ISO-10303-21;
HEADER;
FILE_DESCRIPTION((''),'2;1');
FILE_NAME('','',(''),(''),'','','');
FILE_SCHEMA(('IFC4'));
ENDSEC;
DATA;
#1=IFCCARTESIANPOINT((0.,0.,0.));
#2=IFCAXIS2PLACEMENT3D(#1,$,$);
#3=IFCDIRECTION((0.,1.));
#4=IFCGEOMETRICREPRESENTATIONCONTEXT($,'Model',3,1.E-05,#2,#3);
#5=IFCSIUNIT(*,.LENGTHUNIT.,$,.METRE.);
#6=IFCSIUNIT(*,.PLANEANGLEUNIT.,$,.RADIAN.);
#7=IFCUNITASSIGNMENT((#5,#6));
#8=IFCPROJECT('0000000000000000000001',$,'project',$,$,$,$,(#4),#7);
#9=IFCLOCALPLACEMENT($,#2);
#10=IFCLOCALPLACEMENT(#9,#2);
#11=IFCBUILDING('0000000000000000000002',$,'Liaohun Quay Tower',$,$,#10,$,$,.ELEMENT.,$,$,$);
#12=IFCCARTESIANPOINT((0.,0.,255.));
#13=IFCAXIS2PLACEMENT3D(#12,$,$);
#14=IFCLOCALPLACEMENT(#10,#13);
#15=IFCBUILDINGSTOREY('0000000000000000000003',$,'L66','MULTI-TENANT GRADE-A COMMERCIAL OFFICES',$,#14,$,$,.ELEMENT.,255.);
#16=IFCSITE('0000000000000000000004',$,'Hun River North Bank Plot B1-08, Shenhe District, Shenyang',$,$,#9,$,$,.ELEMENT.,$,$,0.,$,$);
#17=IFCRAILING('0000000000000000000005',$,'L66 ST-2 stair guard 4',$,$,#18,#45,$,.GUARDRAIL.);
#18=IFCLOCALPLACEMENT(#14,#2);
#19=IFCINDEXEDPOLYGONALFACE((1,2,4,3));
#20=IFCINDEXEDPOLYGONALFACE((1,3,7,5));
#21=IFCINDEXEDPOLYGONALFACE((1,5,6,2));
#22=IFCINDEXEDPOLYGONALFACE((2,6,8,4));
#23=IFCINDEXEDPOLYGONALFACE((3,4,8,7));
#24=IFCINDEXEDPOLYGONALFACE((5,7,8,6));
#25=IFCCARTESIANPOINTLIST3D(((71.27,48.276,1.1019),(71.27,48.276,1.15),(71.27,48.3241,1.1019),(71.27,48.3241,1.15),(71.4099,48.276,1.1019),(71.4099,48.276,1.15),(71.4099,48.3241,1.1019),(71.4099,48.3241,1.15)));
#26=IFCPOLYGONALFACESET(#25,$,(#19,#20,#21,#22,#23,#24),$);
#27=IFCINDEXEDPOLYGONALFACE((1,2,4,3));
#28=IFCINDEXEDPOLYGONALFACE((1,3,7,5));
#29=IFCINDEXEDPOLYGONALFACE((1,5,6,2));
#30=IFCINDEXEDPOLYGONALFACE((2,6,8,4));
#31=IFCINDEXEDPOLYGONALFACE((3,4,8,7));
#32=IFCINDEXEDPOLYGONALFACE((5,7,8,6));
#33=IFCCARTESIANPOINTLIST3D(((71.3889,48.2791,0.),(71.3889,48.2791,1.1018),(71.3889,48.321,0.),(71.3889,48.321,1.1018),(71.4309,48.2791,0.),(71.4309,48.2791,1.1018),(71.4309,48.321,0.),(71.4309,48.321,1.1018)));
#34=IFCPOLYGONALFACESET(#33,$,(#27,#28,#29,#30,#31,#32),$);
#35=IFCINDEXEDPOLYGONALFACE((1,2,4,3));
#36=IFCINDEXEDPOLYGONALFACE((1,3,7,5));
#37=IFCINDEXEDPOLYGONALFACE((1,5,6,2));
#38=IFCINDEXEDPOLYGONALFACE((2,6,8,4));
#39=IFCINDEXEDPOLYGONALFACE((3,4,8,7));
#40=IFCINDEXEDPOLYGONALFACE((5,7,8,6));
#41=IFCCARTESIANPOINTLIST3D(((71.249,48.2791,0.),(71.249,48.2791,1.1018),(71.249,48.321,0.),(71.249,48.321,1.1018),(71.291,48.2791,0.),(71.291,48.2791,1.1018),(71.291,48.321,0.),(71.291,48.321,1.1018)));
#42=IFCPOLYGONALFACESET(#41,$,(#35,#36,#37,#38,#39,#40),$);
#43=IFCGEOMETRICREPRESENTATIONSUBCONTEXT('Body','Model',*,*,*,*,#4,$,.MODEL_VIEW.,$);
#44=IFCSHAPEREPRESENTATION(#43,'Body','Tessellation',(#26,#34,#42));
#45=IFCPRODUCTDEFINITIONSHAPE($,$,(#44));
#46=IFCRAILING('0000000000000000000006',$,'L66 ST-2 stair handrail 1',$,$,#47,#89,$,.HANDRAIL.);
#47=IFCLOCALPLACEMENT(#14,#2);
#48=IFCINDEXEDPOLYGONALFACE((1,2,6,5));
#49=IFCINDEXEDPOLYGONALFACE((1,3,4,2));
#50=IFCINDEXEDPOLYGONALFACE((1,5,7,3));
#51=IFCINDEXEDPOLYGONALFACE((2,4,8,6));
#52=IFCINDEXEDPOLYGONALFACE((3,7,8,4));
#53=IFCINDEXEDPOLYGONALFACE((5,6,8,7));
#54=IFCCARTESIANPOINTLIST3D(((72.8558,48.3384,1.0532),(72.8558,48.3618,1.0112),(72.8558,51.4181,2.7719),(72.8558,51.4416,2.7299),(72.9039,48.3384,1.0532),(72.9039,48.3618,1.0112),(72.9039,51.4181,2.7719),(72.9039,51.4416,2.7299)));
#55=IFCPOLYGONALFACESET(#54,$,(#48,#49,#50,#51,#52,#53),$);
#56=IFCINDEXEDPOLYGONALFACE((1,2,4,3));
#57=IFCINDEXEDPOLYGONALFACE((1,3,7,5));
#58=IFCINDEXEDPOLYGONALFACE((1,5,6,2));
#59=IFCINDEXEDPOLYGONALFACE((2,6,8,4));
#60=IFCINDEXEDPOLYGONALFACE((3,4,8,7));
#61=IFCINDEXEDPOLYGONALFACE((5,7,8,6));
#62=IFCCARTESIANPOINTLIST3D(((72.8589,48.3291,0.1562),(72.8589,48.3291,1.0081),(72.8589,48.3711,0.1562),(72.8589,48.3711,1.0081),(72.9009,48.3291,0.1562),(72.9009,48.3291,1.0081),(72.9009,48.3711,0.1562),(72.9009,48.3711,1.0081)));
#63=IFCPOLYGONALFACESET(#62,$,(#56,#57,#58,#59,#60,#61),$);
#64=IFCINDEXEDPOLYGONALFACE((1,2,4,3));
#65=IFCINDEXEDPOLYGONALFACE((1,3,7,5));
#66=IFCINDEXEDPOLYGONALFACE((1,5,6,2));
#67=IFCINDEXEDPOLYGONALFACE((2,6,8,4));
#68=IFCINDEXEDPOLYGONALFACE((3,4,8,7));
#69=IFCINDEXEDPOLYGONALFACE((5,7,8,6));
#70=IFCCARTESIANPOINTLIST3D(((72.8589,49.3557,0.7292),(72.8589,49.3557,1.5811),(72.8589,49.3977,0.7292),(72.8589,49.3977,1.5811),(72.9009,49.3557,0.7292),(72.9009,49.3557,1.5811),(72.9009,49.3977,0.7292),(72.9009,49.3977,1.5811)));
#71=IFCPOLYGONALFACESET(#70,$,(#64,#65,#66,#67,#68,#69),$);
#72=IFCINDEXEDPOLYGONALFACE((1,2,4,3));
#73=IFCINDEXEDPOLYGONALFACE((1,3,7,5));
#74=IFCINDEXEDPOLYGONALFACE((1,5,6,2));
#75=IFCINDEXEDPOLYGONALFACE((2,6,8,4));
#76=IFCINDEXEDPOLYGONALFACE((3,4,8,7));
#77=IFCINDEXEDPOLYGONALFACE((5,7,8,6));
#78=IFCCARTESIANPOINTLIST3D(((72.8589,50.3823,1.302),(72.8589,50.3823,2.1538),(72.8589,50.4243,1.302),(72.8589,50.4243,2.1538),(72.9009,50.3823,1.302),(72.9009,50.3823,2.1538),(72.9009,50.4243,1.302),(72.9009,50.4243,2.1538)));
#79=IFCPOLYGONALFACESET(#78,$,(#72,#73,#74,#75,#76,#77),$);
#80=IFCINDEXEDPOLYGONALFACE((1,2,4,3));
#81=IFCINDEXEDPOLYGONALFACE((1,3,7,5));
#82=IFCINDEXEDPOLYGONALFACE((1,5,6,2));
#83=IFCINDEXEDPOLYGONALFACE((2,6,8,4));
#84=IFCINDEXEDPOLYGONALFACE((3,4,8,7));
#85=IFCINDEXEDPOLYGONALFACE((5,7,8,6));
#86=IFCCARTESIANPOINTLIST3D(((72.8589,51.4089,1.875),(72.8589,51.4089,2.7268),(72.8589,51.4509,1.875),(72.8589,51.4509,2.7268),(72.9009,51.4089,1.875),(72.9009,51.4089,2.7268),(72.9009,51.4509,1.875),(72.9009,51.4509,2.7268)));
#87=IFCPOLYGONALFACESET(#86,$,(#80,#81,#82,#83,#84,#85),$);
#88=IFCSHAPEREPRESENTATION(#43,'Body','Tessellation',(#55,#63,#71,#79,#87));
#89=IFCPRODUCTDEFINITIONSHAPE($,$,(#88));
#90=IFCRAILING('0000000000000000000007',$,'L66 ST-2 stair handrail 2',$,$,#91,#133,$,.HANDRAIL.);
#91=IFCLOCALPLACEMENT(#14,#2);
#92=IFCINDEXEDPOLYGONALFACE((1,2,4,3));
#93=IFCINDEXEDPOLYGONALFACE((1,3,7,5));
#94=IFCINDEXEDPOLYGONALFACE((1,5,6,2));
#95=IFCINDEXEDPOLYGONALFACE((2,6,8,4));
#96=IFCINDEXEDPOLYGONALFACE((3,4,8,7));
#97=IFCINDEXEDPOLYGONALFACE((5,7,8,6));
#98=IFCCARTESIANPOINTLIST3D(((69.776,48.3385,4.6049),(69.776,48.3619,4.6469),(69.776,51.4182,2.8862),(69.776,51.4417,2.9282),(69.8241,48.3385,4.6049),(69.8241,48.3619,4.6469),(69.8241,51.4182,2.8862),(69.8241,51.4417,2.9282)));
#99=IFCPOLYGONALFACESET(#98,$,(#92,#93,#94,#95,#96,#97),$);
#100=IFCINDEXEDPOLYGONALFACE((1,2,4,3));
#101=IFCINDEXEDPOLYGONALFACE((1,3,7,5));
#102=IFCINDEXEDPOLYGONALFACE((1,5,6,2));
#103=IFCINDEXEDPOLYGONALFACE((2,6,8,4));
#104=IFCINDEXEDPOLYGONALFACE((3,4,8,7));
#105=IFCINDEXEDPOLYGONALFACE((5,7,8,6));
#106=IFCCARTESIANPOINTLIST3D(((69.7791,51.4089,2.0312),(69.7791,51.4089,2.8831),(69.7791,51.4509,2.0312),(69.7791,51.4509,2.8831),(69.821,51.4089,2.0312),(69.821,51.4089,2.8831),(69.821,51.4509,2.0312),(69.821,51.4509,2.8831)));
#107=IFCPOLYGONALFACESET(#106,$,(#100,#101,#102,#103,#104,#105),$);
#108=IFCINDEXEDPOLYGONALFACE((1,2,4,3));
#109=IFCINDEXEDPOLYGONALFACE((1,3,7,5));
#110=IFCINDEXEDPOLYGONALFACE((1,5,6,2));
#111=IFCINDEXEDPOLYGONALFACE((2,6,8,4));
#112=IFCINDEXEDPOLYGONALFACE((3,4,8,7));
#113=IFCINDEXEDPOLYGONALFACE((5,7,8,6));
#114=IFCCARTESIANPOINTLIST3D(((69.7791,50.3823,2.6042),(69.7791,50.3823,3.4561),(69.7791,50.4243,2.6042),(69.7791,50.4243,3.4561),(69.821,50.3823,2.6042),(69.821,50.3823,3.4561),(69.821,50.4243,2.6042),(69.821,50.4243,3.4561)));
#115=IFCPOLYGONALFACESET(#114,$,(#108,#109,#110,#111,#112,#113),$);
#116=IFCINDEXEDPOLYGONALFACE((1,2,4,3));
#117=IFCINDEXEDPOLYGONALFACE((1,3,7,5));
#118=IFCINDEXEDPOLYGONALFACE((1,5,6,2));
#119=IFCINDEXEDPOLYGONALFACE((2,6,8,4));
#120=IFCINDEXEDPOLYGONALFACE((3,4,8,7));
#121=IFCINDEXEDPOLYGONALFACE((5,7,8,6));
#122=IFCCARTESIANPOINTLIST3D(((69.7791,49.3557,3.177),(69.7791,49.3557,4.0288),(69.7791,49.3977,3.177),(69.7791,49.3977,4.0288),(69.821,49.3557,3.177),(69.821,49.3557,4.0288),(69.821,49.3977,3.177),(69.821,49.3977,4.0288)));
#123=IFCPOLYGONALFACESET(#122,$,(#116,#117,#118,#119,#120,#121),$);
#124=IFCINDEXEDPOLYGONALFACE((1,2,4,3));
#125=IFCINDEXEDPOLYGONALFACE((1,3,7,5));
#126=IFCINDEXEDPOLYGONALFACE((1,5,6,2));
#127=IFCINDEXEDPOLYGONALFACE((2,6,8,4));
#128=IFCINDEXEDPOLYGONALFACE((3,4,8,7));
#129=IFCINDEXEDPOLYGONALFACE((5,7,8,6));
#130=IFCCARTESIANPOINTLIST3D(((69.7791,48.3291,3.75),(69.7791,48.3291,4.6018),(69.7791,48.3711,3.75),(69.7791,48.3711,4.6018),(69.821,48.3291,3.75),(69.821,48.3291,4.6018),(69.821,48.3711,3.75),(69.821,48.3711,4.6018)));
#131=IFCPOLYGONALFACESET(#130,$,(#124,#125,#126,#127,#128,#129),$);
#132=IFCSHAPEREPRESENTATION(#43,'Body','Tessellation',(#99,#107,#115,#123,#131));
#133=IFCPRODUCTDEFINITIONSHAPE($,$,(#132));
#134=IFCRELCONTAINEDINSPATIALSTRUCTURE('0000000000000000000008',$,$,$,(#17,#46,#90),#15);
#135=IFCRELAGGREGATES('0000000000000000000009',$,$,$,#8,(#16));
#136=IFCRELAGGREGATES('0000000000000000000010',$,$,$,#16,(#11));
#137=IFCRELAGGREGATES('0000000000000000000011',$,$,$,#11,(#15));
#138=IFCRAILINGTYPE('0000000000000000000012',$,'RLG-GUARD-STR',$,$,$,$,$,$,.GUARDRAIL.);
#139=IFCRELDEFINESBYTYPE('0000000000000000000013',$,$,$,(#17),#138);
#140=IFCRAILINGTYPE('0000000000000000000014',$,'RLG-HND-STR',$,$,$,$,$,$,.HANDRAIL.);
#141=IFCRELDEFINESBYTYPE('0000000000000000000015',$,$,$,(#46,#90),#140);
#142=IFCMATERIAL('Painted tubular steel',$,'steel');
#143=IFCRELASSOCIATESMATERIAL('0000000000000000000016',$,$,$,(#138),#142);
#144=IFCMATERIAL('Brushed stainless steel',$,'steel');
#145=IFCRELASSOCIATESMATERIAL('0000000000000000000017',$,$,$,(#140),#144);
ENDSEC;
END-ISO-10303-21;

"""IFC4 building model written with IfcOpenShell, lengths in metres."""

from ifc_helpers import new_model, si_unit, direction, frame, origin, origin_2d, place, context, subcontext, project, spatial, rectangle, extrude, material, type_object, element, save


model = new_model("IFC4")

# Units and contexts
model_context = context("Model", 3, precision=1e-05, world=origin(), true_north=direction((0.0, 1.0)))
body_context = subcontext(model_context, "Body", "Model", "MODEL_VIEW")
ifc_project = project(units=[si_unit("LENGTHUNIT", "METRE"), si_unit("PLANEANGLEUNIT", "RADIAN")], contexts=[model_context])

# Site, building, storey
site_placement = place(None, origin())
site = spatial("IfcSite", under=ifc_project, at=site_placement, Name="Hun River North Bank Plot B1-08, Shenhe District, Shenyang", CompositionType="ELEMENT", RefElevation=0.0)
building_placement = place(site_placement, origin())
building = spatial("IfcBuilding", under=site, at=building_placement, Name="Liaohun Quay Tower", CompositionType="ELEMENT")
storey_placement = place(building_placement, frame((0.0, 0.0, 255.0)))
storey = spatial("IfcBuildingStorey", under=building, at=storey_placement, Name="L66", Description="MULTI-TENANT GRADE-A COMMERCIAL OFFICES", CompositionType="ELEMENT", Elevation=255.0)

# Railings
ifc_material_1 = material(Name="Painted tubular steel", Category="steel")
railing_type_1 = type_object("IfcRailingType", Name="RLG-GUARD-STR", PredefinedType="GUARDRAIL", material=ifc_material_1)
railing_1_placement = place(storey_placement, frame((71.4099, 48.3, 0.0)))
element("IfcRailing", 1, at=railing_1_placement, inside=storey, type_object=railing_type_1, Name="L66 ST-2 stair guard 4", PredefinedType="GUARDRAIL", context=body_context, shape_type="SweptSolid", body=[
    extrude(rectangle(XDim=0.0481, YDim=0.0481, at=origin_2d()), frame((0.0, 0.0, 1.126), z_axis=(-1.0, 0.0, 0.0), x_axis=(0.0, -1.0, 0.0)), (0.0, 0.0, 1.0), 0.1399),
    extrude(rectangle(XDim=0.042, YDim=0.042, at=origin_2d()), origin(), (0.0, 0.0, 1.0), 1.1018),
    extrude(rectangle(XDim=0.042, YDim=0.042, at=origin_2d()), frame((-0.1399, 0.0, 0.0)), (0.0, 0.0, 1.0), 1.1018),
])
ifc_material_2 = material(Name="Brushed stainless steel", Category="steel")
railing_type_2 = type_object("IfcRailingType", Name="RLG-HND-STR", PredefinedType="HANDRAIL", material=ifc_material_2)
railing_2_placement = place(storey_placement, frame((72.8799, 48.3501, 0.1562)))
element("IfcRailing", 2, at=railing_2_placement, inside=storey, type_object=railing_type_2, Name="L66 ST-2 stair handrail 1", PredefinedType="HANDRAIL", context=body_context, shape_type="SweptSolid", body=[
    extrude(rectangle(XDim=0.0481, YDim=0.0481, at=origin_2d()), frame((0.0, 0.0, 0.876), z_axis=(0.0, 0.873225, 0.487317), x_axis=(-1.0, 0.0, 0.0)), (0.0, 0.0, 1.0), 3.5269),
    extrude(rectangle(XDim=0.042, YDim=0.042, at=origin_2d()), origin(), (0.0, 0.0, 1.0), 0.8518),
    extrude(rectangle(XDim=0.042, YDim=0.042, at=origin_2d()), frame((0.0, 1.0266, 0.573)), (0.0, 0.0, 1.0), 0.8518),
    extrude(rectangle(XDim=0.042, YDim=0.042, at=origin_2d()), frame((0.0, 2.0532, 1.1458)), (0.0, 0.0, 1.0), 0.8518),
    extrude(rectangle(XDim=0.042, YDim=0.042, at=origin_2d()), frame((0.0, 3.0798, 1.7188)), (0.0, 0.0, 1.0), 0.8518),
])
railing_3_placement = place(storey_placement, frame((69.8, 51.4299, 2.0312)))
element("IfcRailing", 3, at=railing_3_placement, inside=storey, type_object=railing_type_2, Name="L66 ST-2 stair handrail 2", PredefinedType="HANDRAIL", context=body_context, shape_type="SweptSolid", body=[
    extrude(rectangle(XDim=0.0481, YDim=0.0481, at=origin_2d()), frame((0.0, 0.0, 0.876), z_axis=(0.0, -0.873225, 0.487317), x_axis=(1.0, 0.0, 0.0)), (0.0, 0.0, 1.0), 3.5269),
    extrude(rectangle(XDim=0.042, YDim=0.042, at=origin_2d()), origin(), (0.0, 0.0, 1.0), 0.8518),
    extrude(rectangle(XDim=0.042, YDim=0.042, at=origin_2d()), frame((0.0, -1.0266, 0.573)), (0.0, 0.0, 1.0), 0.8518),
    extrude(rectangle(XDim=0.042, YDim=0.042, at=origin_2d()), frame((0.0, -2.0532, 1.1458)), (0.0, 0.0, 1.0), 0.8518),
    extrude(rectangle(XDim=0.042, YDim=0.042, at=origin_2d()), frame((0.0, -3.0798, 1.7188)), (0.0, 0.0, 1.0), 0.8518),
])

save(model, "model.ifc")
